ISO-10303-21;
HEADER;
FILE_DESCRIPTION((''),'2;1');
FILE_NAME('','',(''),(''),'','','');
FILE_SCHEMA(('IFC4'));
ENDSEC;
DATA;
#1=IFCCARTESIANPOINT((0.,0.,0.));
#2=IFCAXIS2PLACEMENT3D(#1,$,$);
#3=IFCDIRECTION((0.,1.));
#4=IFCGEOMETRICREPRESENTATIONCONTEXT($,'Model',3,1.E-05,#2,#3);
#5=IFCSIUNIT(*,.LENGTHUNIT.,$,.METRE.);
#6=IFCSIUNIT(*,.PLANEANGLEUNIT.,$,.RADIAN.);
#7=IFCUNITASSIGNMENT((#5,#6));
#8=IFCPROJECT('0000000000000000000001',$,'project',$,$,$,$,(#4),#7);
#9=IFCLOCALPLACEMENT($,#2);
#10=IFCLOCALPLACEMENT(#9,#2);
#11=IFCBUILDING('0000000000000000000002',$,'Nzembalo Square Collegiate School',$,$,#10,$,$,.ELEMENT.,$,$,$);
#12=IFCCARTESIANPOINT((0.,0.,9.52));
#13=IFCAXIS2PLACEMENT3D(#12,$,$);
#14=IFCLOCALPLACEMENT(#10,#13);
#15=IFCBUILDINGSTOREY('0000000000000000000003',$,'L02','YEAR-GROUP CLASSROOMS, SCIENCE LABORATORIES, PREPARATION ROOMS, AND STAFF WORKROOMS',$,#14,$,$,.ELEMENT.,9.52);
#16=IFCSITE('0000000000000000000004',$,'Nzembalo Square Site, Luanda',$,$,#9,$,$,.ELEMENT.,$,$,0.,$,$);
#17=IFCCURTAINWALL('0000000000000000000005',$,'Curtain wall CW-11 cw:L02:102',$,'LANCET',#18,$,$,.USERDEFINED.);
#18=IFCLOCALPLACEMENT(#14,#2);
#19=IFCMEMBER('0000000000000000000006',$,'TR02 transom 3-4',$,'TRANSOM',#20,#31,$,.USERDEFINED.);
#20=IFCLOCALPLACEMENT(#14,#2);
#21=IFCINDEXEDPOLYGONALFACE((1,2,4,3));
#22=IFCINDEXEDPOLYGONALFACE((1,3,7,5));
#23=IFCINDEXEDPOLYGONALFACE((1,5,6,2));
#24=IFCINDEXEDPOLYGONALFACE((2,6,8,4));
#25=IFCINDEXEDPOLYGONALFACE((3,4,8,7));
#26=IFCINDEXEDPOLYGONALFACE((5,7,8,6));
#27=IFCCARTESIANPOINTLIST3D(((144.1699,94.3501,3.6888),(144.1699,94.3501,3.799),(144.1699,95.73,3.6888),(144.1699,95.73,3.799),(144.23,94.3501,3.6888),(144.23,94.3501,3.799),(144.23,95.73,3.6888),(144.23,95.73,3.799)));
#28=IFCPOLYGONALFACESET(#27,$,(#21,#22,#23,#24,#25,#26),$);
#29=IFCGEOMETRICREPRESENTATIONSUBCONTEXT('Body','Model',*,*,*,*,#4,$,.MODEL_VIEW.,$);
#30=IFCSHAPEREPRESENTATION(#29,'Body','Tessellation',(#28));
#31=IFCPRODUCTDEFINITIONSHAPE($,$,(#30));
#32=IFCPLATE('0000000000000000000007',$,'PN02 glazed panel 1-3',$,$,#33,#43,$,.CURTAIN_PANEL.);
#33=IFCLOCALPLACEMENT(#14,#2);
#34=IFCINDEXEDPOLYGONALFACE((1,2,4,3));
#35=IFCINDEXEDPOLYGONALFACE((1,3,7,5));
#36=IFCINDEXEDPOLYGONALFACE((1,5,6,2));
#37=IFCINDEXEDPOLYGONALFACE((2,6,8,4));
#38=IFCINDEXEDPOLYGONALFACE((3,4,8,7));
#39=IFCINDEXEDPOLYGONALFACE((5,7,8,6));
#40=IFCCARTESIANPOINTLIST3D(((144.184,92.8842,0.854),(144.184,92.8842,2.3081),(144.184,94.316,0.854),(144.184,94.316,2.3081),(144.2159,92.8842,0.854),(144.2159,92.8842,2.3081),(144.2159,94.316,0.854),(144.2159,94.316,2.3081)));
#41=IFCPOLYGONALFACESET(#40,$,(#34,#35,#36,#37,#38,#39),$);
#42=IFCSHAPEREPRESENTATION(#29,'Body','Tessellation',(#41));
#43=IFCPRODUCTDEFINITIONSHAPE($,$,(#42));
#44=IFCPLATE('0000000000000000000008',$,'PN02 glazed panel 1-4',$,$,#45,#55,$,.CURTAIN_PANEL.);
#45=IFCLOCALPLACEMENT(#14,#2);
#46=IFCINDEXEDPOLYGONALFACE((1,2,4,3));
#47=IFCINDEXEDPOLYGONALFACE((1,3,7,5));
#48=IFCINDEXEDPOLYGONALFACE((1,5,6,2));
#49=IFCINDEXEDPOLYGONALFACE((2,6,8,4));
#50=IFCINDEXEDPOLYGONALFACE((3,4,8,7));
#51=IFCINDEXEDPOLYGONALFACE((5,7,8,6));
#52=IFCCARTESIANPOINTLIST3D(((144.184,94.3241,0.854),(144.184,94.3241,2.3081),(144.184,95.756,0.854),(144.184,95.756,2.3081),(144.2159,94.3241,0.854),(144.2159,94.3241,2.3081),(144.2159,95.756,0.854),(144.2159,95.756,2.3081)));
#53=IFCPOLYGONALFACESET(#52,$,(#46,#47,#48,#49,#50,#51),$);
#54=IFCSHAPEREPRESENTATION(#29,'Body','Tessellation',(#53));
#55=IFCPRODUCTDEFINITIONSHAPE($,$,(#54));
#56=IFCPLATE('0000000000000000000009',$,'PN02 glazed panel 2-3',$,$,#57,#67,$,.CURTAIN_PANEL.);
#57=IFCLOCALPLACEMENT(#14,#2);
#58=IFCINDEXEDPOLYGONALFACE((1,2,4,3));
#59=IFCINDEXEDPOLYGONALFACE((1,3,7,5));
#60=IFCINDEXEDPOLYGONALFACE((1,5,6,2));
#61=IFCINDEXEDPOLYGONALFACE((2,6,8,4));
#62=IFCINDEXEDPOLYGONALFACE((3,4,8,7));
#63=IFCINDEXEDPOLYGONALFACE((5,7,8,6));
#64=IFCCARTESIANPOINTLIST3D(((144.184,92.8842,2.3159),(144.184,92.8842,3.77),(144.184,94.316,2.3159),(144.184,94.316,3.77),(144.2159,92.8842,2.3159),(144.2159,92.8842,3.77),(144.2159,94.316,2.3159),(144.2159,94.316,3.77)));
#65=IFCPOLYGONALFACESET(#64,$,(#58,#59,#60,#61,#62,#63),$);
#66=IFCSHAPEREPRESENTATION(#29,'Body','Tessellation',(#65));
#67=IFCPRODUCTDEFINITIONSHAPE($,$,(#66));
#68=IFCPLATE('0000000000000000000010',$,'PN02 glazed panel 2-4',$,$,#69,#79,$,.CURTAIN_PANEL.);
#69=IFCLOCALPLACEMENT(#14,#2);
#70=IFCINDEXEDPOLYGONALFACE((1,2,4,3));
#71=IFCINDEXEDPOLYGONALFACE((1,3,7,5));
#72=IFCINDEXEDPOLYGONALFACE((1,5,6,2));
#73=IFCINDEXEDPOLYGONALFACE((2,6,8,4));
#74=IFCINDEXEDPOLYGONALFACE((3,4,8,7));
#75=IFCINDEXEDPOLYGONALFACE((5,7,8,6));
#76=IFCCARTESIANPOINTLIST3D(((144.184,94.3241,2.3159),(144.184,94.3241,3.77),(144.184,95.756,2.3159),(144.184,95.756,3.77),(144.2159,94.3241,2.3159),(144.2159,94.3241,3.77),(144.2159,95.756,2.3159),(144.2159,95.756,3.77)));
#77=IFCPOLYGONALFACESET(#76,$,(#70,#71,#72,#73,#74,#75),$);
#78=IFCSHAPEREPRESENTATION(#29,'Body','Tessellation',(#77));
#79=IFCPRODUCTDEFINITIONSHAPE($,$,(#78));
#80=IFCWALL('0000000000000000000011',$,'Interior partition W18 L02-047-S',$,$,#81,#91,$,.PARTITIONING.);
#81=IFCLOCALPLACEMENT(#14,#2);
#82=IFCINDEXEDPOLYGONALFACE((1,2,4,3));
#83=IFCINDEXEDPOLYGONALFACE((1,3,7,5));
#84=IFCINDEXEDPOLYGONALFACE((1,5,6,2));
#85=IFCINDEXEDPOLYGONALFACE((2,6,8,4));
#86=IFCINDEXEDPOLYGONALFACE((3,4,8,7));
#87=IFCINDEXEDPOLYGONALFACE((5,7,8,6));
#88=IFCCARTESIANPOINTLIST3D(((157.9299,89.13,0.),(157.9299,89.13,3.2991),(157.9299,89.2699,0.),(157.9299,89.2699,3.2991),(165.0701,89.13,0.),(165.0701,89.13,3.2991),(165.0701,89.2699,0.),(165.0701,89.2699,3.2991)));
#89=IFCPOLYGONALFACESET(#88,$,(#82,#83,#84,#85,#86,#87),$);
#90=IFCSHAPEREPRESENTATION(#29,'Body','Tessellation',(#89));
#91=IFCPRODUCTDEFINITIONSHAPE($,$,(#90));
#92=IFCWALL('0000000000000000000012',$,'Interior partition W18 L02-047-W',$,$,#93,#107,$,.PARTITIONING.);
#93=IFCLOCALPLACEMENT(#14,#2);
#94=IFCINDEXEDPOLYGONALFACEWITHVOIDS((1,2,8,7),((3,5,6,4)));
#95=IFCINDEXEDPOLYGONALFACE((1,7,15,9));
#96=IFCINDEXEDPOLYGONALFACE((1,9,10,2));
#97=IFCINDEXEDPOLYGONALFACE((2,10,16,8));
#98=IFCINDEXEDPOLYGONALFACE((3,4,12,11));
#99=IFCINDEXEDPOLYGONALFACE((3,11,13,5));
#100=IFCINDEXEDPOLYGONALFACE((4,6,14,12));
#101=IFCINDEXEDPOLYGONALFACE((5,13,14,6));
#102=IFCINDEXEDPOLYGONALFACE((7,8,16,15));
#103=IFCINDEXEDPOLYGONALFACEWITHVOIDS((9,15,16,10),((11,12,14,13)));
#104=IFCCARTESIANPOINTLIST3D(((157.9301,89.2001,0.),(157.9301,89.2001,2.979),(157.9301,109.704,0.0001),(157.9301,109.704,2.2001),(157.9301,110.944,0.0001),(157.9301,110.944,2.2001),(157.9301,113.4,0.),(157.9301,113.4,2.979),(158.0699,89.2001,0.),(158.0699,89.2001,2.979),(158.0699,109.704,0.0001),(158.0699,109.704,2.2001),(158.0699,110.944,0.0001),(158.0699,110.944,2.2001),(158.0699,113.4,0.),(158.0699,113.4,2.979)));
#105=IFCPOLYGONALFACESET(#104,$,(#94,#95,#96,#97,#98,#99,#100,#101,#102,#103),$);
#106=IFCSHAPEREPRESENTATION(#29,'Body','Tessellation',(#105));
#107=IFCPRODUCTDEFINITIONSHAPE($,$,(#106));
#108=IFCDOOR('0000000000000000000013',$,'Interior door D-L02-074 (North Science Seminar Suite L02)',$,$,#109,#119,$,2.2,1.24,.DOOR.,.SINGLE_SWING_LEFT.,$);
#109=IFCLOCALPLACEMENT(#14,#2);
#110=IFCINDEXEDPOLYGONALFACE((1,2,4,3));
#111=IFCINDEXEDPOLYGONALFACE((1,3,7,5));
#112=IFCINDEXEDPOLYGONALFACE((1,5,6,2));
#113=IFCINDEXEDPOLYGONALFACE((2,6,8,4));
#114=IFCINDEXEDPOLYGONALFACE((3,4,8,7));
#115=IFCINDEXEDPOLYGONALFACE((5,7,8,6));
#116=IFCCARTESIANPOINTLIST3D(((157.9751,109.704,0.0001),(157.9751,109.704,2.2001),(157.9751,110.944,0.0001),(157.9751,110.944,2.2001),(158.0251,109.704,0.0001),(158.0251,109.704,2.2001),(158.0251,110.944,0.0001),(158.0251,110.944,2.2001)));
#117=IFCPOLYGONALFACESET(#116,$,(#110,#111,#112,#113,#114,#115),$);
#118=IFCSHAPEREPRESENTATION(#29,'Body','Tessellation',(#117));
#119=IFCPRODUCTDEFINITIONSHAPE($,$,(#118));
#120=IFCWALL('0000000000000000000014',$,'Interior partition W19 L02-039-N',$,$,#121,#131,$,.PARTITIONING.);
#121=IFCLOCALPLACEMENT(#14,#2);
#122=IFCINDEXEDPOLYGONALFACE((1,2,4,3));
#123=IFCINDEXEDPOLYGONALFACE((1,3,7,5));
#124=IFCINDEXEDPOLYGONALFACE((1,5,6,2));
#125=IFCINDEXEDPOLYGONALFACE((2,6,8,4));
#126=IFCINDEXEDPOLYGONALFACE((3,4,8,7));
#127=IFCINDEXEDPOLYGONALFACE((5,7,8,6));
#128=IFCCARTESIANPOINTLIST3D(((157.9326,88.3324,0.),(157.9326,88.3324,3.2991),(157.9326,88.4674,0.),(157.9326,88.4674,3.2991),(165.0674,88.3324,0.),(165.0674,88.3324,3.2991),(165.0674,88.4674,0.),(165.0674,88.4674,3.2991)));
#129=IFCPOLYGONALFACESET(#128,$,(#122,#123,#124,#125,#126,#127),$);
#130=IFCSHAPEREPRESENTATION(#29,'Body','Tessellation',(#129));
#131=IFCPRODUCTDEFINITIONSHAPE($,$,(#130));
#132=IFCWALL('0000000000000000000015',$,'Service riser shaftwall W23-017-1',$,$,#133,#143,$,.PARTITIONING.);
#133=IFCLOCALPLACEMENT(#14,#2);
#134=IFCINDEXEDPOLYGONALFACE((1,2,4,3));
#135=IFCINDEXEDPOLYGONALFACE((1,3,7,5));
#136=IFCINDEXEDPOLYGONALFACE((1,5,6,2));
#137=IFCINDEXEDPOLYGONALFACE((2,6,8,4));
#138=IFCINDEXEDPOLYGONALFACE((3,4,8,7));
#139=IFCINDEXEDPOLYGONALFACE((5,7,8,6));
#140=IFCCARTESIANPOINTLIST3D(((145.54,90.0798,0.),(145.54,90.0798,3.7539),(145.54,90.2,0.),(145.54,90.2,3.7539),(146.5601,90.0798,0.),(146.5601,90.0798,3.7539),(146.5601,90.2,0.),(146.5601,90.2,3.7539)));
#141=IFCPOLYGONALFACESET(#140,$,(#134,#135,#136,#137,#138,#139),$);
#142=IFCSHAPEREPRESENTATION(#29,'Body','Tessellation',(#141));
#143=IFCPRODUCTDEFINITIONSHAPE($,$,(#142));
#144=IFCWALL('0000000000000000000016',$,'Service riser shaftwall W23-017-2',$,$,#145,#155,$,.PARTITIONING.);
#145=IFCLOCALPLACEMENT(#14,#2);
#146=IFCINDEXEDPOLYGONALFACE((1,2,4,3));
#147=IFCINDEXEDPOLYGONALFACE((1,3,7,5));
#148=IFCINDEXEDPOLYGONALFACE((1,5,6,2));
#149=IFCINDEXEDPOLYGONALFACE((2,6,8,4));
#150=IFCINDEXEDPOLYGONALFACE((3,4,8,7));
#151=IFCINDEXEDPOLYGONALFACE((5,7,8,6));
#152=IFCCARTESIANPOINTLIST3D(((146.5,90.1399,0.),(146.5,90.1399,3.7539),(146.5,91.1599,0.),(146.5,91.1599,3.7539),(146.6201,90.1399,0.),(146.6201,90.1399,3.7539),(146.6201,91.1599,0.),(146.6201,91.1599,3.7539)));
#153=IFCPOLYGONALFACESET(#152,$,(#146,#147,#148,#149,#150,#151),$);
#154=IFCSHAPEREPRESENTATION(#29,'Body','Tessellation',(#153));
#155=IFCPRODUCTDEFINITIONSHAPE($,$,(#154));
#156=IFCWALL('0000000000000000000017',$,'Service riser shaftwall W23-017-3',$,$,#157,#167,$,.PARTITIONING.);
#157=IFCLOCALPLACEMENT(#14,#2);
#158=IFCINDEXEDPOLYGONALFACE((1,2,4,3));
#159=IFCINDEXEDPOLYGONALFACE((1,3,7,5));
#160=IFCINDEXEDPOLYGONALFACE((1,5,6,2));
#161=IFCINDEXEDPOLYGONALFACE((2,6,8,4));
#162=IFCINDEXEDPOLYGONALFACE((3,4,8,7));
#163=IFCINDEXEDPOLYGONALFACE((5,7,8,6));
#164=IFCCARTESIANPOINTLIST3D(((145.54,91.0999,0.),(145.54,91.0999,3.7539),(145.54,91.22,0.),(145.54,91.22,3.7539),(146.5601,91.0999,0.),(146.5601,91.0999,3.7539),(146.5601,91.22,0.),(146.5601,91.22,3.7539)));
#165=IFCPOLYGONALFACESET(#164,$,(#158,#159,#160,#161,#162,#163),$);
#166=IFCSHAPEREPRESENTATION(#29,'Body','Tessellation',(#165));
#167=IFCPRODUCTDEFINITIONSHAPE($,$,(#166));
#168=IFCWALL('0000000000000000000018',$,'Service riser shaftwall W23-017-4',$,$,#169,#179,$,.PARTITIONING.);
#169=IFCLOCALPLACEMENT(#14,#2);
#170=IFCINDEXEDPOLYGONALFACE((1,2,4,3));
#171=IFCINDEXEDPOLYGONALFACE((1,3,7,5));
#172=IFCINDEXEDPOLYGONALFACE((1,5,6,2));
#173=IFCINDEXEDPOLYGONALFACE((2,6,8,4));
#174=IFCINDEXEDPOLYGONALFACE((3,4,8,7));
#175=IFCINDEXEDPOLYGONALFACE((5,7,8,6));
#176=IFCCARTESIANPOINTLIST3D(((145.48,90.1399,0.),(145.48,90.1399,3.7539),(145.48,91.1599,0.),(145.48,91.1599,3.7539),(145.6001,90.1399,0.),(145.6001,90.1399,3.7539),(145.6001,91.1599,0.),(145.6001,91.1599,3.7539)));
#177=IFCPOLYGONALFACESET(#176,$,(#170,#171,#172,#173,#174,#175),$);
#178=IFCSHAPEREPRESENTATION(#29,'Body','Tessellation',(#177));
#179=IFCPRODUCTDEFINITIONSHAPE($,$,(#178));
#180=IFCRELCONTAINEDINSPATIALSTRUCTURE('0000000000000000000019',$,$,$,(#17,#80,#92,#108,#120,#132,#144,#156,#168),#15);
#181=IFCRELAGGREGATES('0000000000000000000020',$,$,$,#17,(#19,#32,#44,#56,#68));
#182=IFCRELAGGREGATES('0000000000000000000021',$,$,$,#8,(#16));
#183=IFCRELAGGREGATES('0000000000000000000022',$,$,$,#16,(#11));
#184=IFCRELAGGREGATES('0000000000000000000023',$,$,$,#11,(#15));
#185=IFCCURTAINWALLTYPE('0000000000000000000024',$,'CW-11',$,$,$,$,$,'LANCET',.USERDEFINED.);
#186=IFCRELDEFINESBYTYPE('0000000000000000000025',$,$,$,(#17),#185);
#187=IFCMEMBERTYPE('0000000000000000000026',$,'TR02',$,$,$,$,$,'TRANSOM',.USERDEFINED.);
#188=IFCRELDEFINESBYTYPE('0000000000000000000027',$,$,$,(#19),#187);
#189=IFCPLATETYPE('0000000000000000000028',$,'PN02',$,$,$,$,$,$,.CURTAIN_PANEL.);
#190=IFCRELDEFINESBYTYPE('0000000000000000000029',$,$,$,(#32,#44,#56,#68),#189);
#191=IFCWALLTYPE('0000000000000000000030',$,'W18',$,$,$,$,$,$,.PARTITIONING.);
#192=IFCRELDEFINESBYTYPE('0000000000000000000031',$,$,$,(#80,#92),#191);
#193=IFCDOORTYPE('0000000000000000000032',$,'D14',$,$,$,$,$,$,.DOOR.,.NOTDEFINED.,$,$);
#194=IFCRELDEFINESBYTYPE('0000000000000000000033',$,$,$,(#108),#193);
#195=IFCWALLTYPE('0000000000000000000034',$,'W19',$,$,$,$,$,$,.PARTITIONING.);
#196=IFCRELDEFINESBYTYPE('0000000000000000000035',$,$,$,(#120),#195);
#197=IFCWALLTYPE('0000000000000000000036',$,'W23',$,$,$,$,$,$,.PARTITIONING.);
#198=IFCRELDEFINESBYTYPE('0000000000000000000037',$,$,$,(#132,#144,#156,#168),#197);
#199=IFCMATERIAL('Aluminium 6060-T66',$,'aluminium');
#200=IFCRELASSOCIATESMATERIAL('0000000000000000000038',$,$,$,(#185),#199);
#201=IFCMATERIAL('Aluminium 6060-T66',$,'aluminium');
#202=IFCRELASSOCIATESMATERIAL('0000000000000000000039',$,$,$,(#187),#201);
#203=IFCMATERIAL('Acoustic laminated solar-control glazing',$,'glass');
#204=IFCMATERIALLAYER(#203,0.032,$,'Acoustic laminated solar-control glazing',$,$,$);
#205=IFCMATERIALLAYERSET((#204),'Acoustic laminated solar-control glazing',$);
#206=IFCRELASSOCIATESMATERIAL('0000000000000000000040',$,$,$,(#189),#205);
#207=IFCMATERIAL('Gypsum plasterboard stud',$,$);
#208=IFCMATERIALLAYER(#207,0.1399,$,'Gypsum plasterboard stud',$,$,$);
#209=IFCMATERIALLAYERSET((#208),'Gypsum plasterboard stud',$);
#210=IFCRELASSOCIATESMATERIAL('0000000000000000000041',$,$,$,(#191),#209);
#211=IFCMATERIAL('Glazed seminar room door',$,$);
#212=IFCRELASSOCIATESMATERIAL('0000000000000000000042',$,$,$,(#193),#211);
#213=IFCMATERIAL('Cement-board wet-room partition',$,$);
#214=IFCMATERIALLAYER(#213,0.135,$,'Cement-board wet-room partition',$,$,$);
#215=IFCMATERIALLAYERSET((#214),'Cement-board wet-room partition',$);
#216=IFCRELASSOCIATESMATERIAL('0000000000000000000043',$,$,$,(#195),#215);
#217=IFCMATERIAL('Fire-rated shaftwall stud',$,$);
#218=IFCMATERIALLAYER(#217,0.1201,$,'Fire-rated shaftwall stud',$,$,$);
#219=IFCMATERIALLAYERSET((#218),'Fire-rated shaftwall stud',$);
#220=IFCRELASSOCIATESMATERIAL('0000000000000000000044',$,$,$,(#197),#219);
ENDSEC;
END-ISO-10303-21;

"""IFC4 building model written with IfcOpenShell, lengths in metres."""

from ifc_helpers import new_model, si_unit, direction, frame, frame_2d, origin, origin_2d, place, context, subcontext, project, spatial, rectangle, extrude, material, layer, layer_set, material_profile, profile_set, type_object, element, fill, aggregate, save


model = new_model("IFC4")

# Units and contexts
model_context = context("Model", 3, precision=1e-05, world=origin(), true_north=direction((0.0, 1.0)))
body_context = subcontext(model_context, "Body", "Model", "MODEL_VIEW")
ifc_project = project(units=[si_unit("LENGTHUNIT", "METRE"), si_unit("PLANEANGLEUNIT", "RADIAN")], contexts=[model_context])

# Site, building, storey
site_placement = place(None, origin())
site = spatial("IfcSite", under=ifc_project, at=site_placement, Name="Nzembalo Square Site, Luanda", CompositionType="ELEMENT", RefElevation=0.0)
building_placement = place(site_placement, origin())
building = spatial("IfcBuilding", under=site, at=building_placement, Name="Nzembalo Square Collegiate School", CompositionType="ELEMENT")
storey_placement = place(building_placement, frame((0.0, 0.0, 9.52)))
storey = spatial("IfcBuildingStorey", under=building, at=storey_placement, Name="L02", Description="YEAR-GROUP CLASSROOMS, SCIENCE LABORATORIES, PREPARATION ROOMS, AND STAFF WORKROOMS", CompositionType="ELEMENT", Elevation=9.52)

# Curtain wall, member, plates
ifc_material_1 = material(Name="Aluminium 6060-T66", Category="aluminium")
curtain_wall_type = type_object("IfcCurtainWallType", Name="CW-11", ElementType="LANCET", PredefinedType="USERDEFINED", material=ifc_material_1)
curtain_wall_placement = place(storey_placement, origin())
curtain_wall = element("IfcCurtainWall", 1, at=curtain_wall_placement, inside=storey, type_object=curtain_wall_type, Name="Curtain wall CW-11 cw:L02:102", ObjectType="LANCET", PredefinedType="USERDEFINED")
ifc_material_2 = material(Name="Aluminium 6060-T66", Category="aluminium")
ifc_material_profile_1 = material_profile(ifc_material_2, rectangle(XDim=0.0601, YDim=0.1101, at=origin_2d()), Name="ALU T60x110")
ifc_profile_set_1 = profile_set([ifc_material_profile_1], Name="Aluminium 6060-T66")
member_type_1 = type_object("IfcMemberType", Name="TR02", ElementType="TRANSOM", PredefinedType="USERDEFINED", material=ifc_profile_set_1)
member_1_placement = place(storey_placement, frame((144.2, 94.3501, 3.7439), z_axis=(0.0, 1.0, 0.0), x_axis=(-1.0, 0.0, 0.0)))
member_1 = element("IfcMember", 2, at=member_1_placement, type_object=member_type_1, Name="TR02 transom 3-4", ObjectType="TRANSOM", PredefinedType="USERDEFINED", context=body_context, shape_type="SweptSolid", body=[
    extrude(rectangle(XDim=0.0601, YDim=0.1101, at=origin_2d()), origin(), (0.0, 0.0, 1.0), 1.3799),
])
ifc_material_3 = material(Name="Acoustic laminated solar-control glazing", Category="glass")
ifc_layer_1 = layer(ifc_material_3, 0.032, Name="Acoustic laminated solar-control glazing")
ifc_layer_set_1 = layer_set([ifc_layer_1], Name="Acoustic laminated solar-control glazing")
plate_type = type_object("IfcPlateType", Name="PN02", PredefinedType="CURTAIN_PANEL", material=ifc_layer_set_1)
plate_1_placement = place(storey_placement, frame((144.2, 93.6001, 0.854), z_axis=(0.0, 0.0, 1.0), x_axis=(0.0, 1.0, 0.0)))
plate_1 = element("IfcPlate", 3, at=plate_1_placement, type_object=plate_type, Name="PN02 glazed panel 1-3", PredefinedType="CURTAIN_PANEL", context=body_context, shape_type="SweptSolid", body=[
    extrude(rectangle(XDim=1.4319, YDim=0.032, at=origin_2d()), origin(), (0.0, 0.0, 1.0), 1.4541),
])
plate_2_placement = place(storey_placement, frame((144.2, 95.04, 0.854), z_axis=(0.0, 0.0, 1.0), x_axis=(0.0, 1.0, 0.0)))
plate_2 = element("IfcPlate", 4, at=plate_2_placement, type_object=plate_type, Name="PN02 glazed panel 1-4", PredefinedType="CURTAIN_PANEL", context=body_context, shape_type="SweptSolid", body=[
    extrude(rectangle(XDim=1.4319, YDim=0.032, at=origin_2d()), origin(), (0.0, 0.0, 1.0), 1.4541),
])
plate_3_placement = place(storey_placement, frame((144.2, 93.6001, 2.3159), z_axis=(0.0, 0.0, 1.0), x_axis=(0.0, 1.0, 0.0)))
plate_3 = element("IfcPlate", 5, at=plate_3_placement, type_object=plate_type, Name="PN02 glazed panel 2-3", PredefinedType="CURTAIN_PANEL", context=body_context, shape_type="SweptSolid", body=[
    extrude(rectangle(XDim=1.4319, YDim=0.032, at=origin_2d()), origin(), (0.0, 0.0, 1.0), 1.4541),
])
plate_4_placement = place(storey_placement, frame((144.2, 95.04, 2.3159), z_axis=(0.0, 0.0, 1.0), x_axis=(0.0, 1.0, 0.0)))
plate_4 = element("IfcPlate", 6, at=plate_4_placement, type_object=plate_type, Name="PN02 glazed panel 2-4", PredefinedType="CURTAIN_PANEL", context=body_context, shape_type="SweptSolid", body=[
    extrude(rectangle(XDim=1.4319, YDim=0.032, at=origin_2d()), origin(), (0.0, 0.0, 1.0), 1.4541),
])
aggregate(curtain_wall, [member_1, plate_1, plate_2, plate_3, plate_4])

# Wall
ifc_material_4 = material(Name="Gypsum plasterboard stud")
ifc_layer_2 = layer(ifc_material_4, 0.1399, Name="Gypsum plasterboard stud")
ifc_layer_set_2 = layer_set([ifc_layer_2], Name="Gypsum plasterboard stud")
wall_type_1 = type_object("IfcWallType", Name="W18", PredefinedType="PARTITIONING", material=ifc_layer_set_2)
wall_1_placement = place(storey_placement, frame((157.9299, 89.2, 0.0), z_axis=(0.0, 0.0, 1.0), x_axis=(1.0, 0.0, 0.0)))
element("IfcWall", 7, at=wall_1_placement, inside=storey, type_object=wall_type_1, Name="Interior partition W18 L02-047-S", PredefinedType="PARTITIONING", context=body_context, shape_type="SweptSolid", body=[
    extrude(rectangle(XDim=7.1401, YDim=0.1399, at=frame_2d((3.5701, 0.0))), origin(), (0.0, 0.0, 1.0), 3.2991),
])

# Wall, opening, door
wall_2_placement = place(storey_placement, frame((158.0, 89.2, 0.0), z_axis=(0.0, 0.0, 1.0), x_axis=(0.0, 1.0, 0.0)))
wall_2 = element("IfcWall", 8, at=wall_2_placement, inside=storey, type_object=wall_type_1, Name="Interior partition W18 L02-047-W", PredefinedType="PARTITIONING", context=body_context, shape_type="SweptSolid", body=[
    extrude(rectangle(XDim=24.2, YDim=0.1399, at=frame_2d((12.1001, 0.0))), origin(), (0.0, 0.0, 1.0), 2.979),
])
opening_placement = place(wall_2_placement, frame((20.5039, 0.0, 0.0)))
opening = element("IfcOpeningElement", 9, at=opening_placement, cuts=wall_2, PredefinedType="OPENING", context=body_context, shape_type="SweptSolid", body=[
    extrude(rectangle(XDim=1.24, YDim=2.2, at=frame_2d((0.6201, 1.1001))), frame((0.0, 0.0801, 0.0), z_axis=(0.0, -1.0, 0.0), x_axis=(1.0, 0.0, 0.0)), (0.0, 0.0, 1.0), 0.1599),
])
ifc_material_5 = material(Name="Glazed seminar room door")
door_type = type_object("IfcDoorType", Name="D14", OperationType="NOTDEFINED", PredefinedType="DOOR", material=ifc_material_5)
door_placement = place(opening_placement, origin())
door = element("IfcDoor", 10, at=door_placement, inside=storey, type_object=door_type, Name="Interior door D-L02-074 (North Science Seminar Suite L02)", OperationType="SINGLE_SWING_LEFT", OverallHeight=2.2, OverallWidth=1.24, PredefinedType="DOOR", context=body_context, shape_type="SweptSolid", body=[
    extrude(rectangle(XDim=1.24, YDim=2.2, at=frame_2d((0.6201, 1.1001))), frame((0.0, 0.0249, 0.0), z_axis=(0.0, -1.0, 0.0), x_axis=(1.0, 0.0, 0.0)), (0.0, 0.0, 1.0), 0.05),
])
fill(opening, door)

# Walls
ifc_material_6 = material(Name="Cement-board wet-room partition")
ifc_layer_3 = layer(ifc_material_6, 0.135, Name="Cement-board wet-room partition")
ifc_layer_set_3 = layer_set([ifc_layer_3], Name="Cement-board wet-room partition")
wall_type_2 = type_object("IfcWallType", Name="W19", PredefinedType="PARTITIONING", material=ifc_layer_set_3)
wall_3_placement = place(storey_placement, frame((157.9326, 88.3999, 0.0), z_axis=(0.0, 0.0, 1.0), x_axis=(1.0, 0.0, 0.0)))
element("IfcWall", 11, at=wall_3_placement, inside=storey, type_object=wall_type_2, Name="Interior partition W19 L02-039-N", PredefinedType="PARTITIONING", context=body_context, shape_type="SweptSolid", body=[
    extrude(rectangle(XDim=7.1348, YDim=0.135, at=frame_2d((3.5674, 0.0))), origin(), (0.0, 0.0, 1.0), 3.2991),
])
ifc_material_7 = material(Name="Fire-rated shaftwall stud")
ifc_layer_4 = layer(ifc_material_7, 0.1201, Name="Fire-rated shaftwall stud")
ifc_layer_set_4 = layer_set([ifc_layer_4], Name="Fire-rated shaftwall stud")
wall_type_3 = type_object("IfcWallType", Name="W23", PredefinedType="PARTITIONING", material=ifc_layer_set_4)
for number, where, z_axis, x_axis, name in (
    (12, (145.54, 90.1399, 0.0), (0.0, 0.0, 1.0), (1.0, 0.0, 0.0), "Service riser shaftwall W23-017-1"),
    (13, (146.5601, 90.1399, 0.0), (0.0, 0.0, 1.0), (0.0, 1.0, 0.0), "Service riser shaftwall W23-017-2"),
    (14, (146.5601, 91.1599, 0.0), (0.0, 0.0, 1.0), (-1.0, 0.0, 0.0), "Service riser shaftwall W23-017-3"),
    (15, (145.54, 91.1599, 0.0), (0.0, 0.0, 1.0), (0.0, -1.0, 0.0), "Service riser shaftwall W23-017-4"),
):
    element("IfcWall", number, at=place(storey_placement, frame(where, z_axis=z_axis, x_axis=x_axis)), inside=storey, type_object=wall_type_3, Name=name, PredefinedType="PARTITIONING", context=body_context, shape_type="SweptSolid", body=[
        extrude(rectangle(XDim=1.02, YDim=0.1201, at=frame_2d((0.51, 0.0))), origin(), (0.0, 0.0, 1.0), 3.7539),
    ])

save(model, "model.ifc")
